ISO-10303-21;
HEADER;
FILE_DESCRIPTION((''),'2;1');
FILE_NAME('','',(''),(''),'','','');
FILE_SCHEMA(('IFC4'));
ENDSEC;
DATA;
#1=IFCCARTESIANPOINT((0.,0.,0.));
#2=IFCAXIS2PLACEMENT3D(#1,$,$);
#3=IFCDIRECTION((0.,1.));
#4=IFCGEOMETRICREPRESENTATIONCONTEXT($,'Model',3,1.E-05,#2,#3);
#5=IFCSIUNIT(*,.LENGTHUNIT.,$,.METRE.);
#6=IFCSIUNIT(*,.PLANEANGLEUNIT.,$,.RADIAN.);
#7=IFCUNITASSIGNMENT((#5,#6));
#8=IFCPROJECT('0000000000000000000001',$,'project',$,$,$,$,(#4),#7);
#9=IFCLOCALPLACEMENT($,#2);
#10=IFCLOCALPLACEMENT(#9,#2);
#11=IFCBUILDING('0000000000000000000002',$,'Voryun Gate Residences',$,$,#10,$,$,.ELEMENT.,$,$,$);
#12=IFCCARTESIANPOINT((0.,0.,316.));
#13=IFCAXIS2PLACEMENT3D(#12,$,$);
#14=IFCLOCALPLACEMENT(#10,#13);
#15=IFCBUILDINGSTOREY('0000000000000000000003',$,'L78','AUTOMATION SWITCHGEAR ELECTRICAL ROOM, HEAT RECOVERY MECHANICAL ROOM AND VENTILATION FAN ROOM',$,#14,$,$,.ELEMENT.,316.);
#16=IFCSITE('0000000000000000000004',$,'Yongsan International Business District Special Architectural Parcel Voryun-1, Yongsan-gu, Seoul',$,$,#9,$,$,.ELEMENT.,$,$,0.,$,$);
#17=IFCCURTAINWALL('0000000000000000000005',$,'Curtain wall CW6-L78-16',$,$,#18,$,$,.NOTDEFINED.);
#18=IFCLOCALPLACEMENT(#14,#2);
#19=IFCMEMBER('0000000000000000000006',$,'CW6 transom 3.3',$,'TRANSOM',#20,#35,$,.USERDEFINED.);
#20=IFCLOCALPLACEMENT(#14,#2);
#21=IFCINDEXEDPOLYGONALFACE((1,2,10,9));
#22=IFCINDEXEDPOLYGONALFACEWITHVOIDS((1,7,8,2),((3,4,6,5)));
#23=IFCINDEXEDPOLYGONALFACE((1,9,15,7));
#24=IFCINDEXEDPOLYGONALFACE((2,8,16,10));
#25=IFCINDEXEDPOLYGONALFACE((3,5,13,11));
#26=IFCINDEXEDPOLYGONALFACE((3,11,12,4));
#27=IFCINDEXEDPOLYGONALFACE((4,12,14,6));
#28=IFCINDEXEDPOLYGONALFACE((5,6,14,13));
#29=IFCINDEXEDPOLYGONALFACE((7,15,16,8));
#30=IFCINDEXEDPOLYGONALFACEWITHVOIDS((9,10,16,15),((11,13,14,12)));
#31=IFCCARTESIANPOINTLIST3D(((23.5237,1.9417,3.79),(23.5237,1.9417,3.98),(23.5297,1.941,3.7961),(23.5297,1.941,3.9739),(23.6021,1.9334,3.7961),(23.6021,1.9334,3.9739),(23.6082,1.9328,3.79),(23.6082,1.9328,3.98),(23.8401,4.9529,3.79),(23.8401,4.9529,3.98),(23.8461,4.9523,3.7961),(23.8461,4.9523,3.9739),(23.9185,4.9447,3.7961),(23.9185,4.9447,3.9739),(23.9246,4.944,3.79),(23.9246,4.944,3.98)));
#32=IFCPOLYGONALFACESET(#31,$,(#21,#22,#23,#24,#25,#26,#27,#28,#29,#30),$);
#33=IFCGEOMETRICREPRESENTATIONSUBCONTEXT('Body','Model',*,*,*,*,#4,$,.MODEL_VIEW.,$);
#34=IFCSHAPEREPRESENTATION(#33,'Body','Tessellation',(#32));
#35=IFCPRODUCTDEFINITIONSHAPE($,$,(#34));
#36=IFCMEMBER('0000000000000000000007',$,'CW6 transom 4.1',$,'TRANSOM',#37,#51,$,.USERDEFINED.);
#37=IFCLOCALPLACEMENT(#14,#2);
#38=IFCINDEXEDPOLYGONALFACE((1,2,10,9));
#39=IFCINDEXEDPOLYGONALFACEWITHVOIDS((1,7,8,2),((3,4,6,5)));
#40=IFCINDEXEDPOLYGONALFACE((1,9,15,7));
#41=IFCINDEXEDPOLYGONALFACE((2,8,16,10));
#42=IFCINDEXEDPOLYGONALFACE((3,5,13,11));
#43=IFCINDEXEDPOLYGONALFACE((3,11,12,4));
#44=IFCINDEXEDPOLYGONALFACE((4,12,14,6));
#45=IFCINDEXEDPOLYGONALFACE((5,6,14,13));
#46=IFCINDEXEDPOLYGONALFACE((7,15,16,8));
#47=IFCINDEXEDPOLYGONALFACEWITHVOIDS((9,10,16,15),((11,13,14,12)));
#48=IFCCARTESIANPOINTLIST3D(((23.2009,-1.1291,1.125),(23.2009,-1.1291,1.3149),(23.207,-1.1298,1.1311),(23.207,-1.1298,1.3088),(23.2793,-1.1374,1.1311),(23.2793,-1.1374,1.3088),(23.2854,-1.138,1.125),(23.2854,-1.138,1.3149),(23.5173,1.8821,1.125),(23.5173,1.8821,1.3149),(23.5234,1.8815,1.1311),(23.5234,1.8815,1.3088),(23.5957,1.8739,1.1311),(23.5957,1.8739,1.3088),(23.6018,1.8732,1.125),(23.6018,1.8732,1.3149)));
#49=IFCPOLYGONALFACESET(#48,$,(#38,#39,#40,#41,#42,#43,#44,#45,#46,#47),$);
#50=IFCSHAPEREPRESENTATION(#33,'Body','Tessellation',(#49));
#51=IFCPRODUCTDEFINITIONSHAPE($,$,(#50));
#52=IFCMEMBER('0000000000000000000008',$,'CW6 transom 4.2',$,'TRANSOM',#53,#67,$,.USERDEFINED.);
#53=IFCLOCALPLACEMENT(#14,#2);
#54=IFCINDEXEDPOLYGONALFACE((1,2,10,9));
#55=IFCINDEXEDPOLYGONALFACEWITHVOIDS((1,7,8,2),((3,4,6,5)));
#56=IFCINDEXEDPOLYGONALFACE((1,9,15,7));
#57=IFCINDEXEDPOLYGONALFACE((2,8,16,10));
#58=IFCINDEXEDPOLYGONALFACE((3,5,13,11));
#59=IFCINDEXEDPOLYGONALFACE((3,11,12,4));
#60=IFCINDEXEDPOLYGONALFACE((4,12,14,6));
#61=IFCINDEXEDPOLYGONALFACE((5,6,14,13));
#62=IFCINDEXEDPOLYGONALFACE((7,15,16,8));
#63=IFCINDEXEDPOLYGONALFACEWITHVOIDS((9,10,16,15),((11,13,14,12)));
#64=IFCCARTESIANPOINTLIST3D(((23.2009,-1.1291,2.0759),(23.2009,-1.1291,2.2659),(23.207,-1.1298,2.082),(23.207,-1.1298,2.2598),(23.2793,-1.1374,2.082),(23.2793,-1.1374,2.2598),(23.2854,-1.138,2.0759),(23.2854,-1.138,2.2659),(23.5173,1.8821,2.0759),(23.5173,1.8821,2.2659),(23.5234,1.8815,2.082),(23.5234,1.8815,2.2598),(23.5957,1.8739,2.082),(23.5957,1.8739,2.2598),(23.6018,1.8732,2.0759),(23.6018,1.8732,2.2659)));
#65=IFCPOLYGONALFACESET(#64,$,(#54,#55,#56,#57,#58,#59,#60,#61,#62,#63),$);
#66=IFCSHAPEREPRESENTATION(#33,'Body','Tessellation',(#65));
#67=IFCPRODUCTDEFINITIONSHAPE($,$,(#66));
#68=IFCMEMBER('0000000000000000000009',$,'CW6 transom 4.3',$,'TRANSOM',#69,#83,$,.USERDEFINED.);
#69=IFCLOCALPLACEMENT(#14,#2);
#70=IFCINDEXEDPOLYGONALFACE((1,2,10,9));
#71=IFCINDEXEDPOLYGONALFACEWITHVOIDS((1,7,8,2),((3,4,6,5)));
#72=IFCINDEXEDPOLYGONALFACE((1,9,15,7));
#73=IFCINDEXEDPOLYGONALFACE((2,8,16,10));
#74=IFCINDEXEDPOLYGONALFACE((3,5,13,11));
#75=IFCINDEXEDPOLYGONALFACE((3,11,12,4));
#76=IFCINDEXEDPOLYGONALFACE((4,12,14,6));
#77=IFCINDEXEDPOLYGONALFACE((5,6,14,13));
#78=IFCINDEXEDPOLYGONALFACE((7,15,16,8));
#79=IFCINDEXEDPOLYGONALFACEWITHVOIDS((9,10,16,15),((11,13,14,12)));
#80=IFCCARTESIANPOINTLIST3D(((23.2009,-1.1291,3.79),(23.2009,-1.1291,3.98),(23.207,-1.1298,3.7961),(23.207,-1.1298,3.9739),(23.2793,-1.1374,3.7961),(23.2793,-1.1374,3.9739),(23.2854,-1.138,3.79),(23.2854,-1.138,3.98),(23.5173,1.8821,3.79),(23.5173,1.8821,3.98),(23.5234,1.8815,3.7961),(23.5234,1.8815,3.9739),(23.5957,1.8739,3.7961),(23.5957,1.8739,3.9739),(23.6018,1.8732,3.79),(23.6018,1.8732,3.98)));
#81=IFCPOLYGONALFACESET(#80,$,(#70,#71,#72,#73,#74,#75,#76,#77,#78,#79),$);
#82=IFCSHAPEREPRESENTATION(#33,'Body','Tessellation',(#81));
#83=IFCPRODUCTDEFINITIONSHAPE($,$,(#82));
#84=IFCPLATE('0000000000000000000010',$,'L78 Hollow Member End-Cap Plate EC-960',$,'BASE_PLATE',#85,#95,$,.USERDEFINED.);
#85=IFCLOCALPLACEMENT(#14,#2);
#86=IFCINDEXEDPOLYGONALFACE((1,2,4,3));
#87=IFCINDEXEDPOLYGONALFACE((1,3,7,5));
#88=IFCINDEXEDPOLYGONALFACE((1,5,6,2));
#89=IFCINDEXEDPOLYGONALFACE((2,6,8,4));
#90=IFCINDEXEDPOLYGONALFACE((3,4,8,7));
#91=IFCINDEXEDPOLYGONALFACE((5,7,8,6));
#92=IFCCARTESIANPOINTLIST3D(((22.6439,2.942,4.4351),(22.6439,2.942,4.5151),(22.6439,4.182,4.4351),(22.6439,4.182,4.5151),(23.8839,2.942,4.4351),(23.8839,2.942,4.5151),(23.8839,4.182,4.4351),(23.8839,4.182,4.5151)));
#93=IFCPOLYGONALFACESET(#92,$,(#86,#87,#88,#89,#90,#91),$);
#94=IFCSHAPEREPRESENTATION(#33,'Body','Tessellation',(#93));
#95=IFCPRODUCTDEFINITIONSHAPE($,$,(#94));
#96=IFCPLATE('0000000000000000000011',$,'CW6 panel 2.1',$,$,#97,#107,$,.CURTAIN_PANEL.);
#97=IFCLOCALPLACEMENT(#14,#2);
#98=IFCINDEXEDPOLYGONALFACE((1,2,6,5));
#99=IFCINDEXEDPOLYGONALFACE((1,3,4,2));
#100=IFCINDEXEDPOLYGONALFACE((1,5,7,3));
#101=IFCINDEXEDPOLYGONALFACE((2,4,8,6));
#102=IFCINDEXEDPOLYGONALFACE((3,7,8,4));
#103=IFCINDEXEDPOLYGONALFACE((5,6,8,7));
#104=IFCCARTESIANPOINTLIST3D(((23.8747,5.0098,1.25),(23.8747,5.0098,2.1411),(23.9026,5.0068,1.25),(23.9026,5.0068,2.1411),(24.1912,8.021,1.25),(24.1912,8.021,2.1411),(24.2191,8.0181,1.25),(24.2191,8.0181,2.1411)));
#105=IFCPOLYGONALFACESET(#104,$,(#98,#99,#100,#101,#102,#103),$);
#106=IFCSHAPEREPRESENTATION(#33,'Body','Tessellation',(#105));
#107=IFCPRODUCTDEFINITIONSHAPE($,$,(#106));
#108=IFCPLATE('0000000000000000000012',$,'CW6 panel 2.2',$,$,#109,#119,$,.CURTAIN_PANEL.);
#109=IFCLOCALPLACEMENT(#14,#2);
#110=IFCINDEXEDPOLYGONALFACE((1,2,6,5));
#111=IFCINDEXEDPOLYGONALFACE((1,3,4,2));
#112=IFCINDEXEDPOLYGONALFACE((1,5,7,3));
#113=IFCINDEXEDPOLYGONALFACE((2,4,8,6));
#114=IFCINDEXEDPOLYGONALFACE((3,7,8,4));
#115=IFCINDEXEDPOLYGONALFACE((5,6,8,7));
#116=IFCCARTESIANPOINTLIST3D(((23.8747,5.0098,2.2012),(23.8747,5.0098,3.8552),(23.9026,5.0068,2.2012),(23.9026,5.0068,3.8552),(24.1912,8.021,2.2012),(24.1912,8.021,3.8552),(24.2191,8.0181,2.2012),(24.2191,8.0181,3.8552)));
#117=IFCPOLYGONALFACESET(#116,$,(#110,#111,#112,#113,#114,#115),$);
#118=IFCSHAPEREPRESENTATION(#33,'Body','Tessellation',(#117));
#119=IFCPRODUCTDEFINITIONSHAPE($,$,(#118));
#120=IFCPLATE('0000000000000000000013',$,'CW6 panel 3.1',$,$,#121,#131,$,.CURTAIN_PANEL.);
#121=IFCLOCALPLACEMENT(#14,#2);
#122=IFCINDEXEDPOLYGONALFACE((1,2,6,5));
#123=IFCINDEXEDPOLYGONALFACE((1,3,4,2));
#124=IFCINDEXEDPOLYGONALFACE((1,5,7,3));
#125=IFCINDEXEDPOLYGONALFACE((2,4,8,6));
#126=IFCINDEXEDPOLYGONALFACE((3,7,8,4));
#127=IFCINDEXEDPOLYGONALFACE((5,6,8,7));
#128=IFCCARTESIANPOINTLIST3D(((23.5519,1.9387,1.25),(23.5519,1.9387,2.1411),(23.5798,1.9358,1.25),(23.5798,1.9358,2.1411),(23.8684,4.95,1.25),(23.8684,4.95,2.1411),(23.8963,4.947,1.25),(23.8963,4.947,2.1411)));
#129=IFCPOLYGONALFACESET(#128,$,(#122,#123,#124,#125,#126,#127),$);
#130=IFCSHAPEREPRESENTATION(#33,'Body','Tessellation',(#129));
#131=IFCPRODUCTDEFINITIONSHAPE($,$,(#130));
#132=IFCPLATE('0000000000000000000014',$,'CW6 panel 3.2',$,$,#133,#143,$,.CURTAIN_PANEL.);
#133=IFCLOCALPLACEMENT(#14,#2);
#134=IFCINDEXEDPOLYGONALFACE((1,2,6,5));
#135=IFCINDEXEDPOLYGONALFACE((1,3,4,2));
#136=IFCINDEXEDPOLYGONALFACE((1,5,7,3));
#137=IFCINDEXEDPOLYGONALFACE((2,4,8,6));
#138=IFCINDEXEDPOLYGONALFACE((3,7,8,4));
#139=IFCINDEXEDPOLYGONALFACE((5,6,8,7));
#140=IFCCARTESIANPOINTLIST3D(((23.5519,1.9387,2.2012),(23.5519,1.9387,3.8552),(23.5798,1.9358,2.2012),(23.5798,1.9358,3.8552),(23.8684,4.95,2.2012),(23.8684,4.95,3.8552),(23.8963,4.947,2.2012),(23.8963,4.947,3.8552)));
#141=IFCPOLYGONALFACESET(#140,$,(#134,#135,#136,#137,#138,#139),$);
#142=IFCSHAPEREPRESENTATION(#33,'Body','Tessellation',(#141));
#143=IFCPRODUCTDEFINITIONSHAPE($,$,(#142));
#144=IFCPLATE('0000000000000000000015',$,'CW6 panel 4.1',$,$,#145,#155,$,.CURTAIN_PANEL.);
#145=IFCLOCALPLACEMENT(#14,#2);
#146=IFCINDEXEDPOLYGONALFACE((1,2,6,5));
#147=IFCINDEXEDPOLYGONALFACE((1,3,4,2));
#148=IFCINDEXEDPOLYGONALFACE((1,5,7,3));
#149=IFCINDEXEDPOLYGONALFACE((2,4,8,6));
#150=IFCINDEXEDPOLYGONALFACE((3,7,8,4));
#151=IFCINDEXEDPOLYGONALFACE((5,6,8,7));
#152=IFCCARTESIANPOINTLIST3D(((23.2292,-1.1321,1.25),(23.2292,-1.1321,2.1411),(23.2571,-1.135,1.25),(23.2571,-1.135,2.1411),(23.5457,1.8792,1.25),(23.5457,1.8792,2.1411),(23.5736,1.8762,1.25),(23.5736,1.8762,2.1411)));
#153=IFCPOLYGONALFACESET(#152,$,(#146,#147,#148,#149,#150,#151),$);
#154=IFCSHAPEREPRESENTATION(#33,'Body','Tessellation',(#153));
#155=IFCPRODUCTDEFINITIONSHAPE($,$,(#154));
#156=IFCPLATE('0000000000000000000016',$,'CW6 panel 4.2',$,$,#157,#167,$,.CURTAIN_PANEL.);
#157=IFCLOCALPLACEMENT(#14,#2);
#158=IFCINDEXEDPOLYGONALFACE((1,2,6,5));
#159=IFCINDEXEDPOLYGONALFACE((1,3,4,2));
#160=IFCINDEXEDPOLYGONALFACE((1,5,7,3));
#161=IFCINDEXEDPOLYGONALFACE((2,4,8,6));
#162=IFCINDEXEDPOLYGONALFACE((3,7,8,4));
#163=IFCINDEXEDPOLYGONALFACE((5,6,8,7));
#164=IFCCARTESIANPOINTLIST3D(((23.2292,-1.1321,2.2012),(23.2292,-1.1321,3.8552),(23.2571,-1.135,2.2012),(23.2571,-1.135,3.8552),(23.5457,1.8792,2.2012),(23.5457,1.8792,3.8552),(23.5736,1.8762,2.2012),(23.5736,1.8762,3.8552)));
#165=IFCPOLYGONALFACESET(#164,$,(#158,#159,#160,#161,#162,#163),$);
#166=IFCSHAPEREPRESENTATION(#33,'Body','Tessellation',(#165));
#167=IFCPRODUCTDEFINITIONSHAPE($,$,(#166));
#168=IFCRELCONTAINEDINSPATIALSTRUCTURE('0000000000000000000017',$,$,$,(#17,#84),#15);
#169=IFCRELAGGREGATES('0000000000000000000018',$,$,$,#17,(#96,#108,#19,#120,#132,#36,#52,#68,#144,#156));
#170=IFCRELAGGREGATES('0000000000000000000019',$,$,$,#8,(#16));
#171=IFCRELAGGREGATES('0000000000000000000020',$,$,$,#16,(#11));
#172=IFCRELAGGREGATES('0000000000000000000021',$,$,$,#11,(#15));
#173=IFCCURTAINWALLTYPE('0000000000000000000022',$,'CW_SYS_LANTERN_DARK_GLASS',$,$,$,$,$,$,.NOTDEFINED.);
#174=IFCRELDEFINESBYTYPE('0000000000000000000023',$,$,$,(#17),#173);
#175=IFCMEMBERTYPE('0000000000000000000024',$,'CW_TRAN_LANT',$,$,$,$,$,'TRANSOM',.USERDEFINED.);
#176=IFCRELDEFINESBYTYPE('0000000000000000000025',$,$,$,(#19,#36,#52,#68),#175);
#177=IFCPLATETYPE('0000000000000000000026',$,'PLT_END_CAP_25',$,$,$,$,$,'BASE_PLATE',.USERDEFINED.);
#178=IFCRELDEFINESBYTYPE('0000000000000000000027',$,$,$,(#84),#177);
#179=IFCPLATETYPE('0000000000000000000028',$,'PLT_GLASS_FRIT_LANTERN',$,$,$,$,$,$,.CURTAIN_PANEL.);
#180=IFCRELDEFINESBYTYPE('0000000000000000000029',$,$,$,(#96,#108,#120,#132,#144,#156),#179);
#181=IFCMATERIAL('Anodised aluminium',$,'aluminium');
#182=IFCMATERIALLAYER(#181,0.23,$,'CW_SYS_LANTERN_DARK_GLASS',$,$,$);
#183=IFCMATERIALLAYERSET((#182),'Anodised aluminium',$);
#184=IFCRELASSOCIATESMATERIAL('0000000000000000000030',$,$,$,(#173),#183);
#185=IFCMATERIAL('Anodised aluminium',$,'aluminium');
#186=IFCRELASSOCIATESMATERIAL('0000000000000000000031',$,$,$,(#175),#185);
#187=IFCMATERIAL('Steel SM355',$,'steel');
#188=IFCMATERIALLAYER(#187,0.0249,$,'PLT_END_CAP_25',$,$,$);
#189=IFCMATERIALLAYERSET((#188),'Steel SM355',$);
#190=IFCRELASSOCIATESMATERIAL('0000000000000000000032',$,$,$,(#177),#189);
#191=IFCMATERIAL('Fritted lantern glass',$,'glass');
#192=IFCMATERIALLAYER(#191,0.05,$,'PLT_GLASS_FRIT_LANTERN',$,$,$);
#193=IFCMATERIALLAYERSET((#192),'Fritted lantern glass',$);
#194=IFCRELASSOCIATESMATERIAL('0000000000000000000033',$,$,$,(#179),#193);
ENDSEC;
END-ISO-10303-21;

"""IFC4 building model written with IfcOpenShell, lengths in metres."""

from ifc_helpers import new_model, si_unit, direction, frame, origin, origin_2d, place, context, subcontext, project, spatial, rectangle, hollow_rectangle, extrude, material, layer, layer_set, material_profile, profile_set, type_object, element, aggregate, save


model = new_model("IFC4")

# Units and contexts
model_context = context("Model", 3, precision=1e-05, world=origin(), true_north=direction((0.0, 1.0)))
body_context = subcontext(model_context, "Body", "Model", "MODEL_VIEW")
ifc_project = project(units=[si_unit("LENGTHUNIT", "METRE"), si_unit("PLANEANGLEUNIT", "RADIAN")], contexts=[model_context])

# Site, building, storey
site_placement = place(None, origin())
site = spatial("IfcSite", under=ifc_project, at=site_placement, Name="Yongsan International Business District Special Architectural Parcel Voryun-1, Yongsan-gu, Seoul", CompositionType="ELEMENT", RefElevation=0.0)
building_placement = place(site_placement, origin())
building = spatial("IfcBuilding", under=site, at=building_placement, Name="Voryun Gate Residences", CompositionType="ELEMENT")
storey_placement = place(building_placement, frame((0.0, 0.0, 316.0)))
storey = spatial("IfcBuildingStorey", under=building, at=storey_placement, Name="L78", Description="AUTOMATION SWITCHGEAR ELECTRICAL ROOM, HEAT RECOVERY MECHANICAL ROOM AND VENTILATION FAN ROOM", CompositionType="ELEMENT", Elevation=316.0)

# Curtain wall, members
ifc_material_1 = material(Name="Anodised aluminium", Category="aluminium")
ifc_layer_1 = layer(ifc_material_1, 0.23, Name="CW_SYS_LANTERN_DARK_GLASS")
ifc_layer_set_1 = layer_set([ifc_layer_1], Name="Anodised aluminium")
curtain_wall_type = type_object("IfcCurtainWallType", Name="CW_SYS_LANTERN_DARK_GLASS", PredefinedType="NOTDEFINED", material=ifc_layer_set_1)
curtain_wall_placement = place(storey_placement, origin())
curtain_wall = element("IfcCurtainWall", 1, at=curtain_wall_placement, inside=storey, type_object=curtain_wall_type, Name="Curtain wall CW6-L78-16", PredefinedType="NOTDEFINED")
ifc_material_2 = material(Name="Anodised aluminium", Category="aluminium")
ifc_material_profile_1 = material_profile(ifc_material_2, hollow_rectangle(XDim=0.085, YDim=0.1899, WallThickness=0.0061, at=origin_2d()), Name="ALU-TRAN-190x85x6")
ifc_profile_set_1 = profile_set([ifc_material_profile_1], Name="Anodised aluminium")
member_type_1 = type_object("IfcMemberType", Name="CW_TRAN_LANT", ElementType="TRANSOM", PredefinedType="USERDEFINED", material=ifc_profile_set_1)
member_1_placement = place(storey_placement, frame((23.8823, 4.9485, 3.885), z_axis=(-0.1045, -0.994525, 0.0), x_axis=(0.994525, -0.1045, 0.0)))
member_1 = element("IfcMember", 2, at=member_1_placement, type_object=member_type_1, Name="CW6 transom 3.3", ObjectType="TRANSOM", PredefinedType="USERDEFINED", context=body_context, shape_type="SweptSolid", body=[
    extrude(hollow_rectangle(XDim=0.085, YDim=0.1899, WallThickness=0.0061, at=origin_2d()), origin(), (0.0, 0.0, 1.0), 3.0278),
])
member_2_placement = place(storey_placement, frame((23.5596, 1.8777, 1.22), z_axis=(-0.1045, -0.994525, 0.0), x_axis=(0.994525, -0.1045, 0.0)))
member_2 = element("IfcMember", 3, at=member_2_placement, type_object=member_type_1, Name="CW6 transom 4.1", ObjectType="TRANSOM", PredefinedType="USERDEFINED", context=body_context, shape_type="SweptSolid", body=[
    extrude(hollow_rectangle(XDim=0.085, YDim=0.1899, WallThickness=0.0061, at=origin_2d()), origin(), (0.0, 0.0, 1.0), 3.0278),
])
member_3_placement = place(storey_placement, frame((23.5596, 1.8777, 2.1709), z_axis=(-0.1045, -0.994525, 0.0), x_axis=(0.994525, -0.1045, 0.0)))
member_3 = element("IfcMember", 4, at=member_3_placement, type_object=member_type_1, Name="CW6 transom 4.2", ObjectType="TRANSOM", PredefinedType="USERDEFINED", context=body_context, shape_type="SweptSolid", body=[
    extrude(hollow_rectangle(XDim=0.085, YDim=0.1899, WallThickness=0.0061, at=origin_2d()), origin(), (0.0, 0.0, 1.0), 3.0278),
])
member_4_placement = place(storey_placement, frame((23.5596, 1.8777, 3.885), z_axis=(-0.1045, -0.994525, 0.0), x_axis=(0.994525, -0.1045, 0.0)))
member_4 = element("IfcMember", 5, at=member_4_placement, type_object=member_type_1, Name="CW6 transom 4.3", ObjectType="TRANSOM", PredefinedType="USERDEFINED", context=body_context, shape_type="SweptSolid", body=[
    extrude(hollow_rectangle(XDim=0.085, YDim=0.1899, WallThickness=0.0061, at=origin_2d()), origin(), (0.0, 0.0, 1.0), 3.0278),
])

# Plates
ifc_material_3 = material(Name="Steel SM355", Category="steel")
ifc_layer_2 = layer(ifc_material_3, 0.0249, Name="PLT_END_CAP_25")
ifc_layer_set_2 = layer_set([ifc_layer_2], Name="Steel SM355")
plate_type_1 = type_object("IfcPlateType", Name="PLT_END_CAP_25", ElementType="BASE_PLATE", PredefinedType="USERDEFINED", material=ifc_layer_set_2)
plate_1_placement = place(storey_placement, frame((23.2639, 3.562, 4.4351), z_axis=(0.0, 0.0, 1.0), x_axis=(1.0, 0.0, 0.0)))
element("IfcPlate", 6, at=plate_1_placement, inside=storey, type_object=plate_type_1, Name="L78 Hollow Member End-Cap Plate EC-960", ObjectType="BASE_PLATE", PredefinedType="USERDEFINED", context=body_context, shape_type="SweptSolid", body=[
    extrude(rectangle(XDim=1.24, YDim=1.24, at=origin_2d()), origin(), (0.0, 0.0, 1.0), 0.0801),
])
ifc_material_4 = material(Name="Fritted lantern glass", Category="glass")
ifc_layer_3 = layer(ifc_material_4, 0.05, Name="PLT_GLASS_FRIT_LANTERN")
ifc_layer_set_3 = layer_set([ifc_layer_3], Name="Fritted lantern glass")
plate_type_2 = type_object("IfcPlateType", Name="PLT_GLASS_FRIT_LANTERN", PredefinedType="CURTAIN_PANEL", material=ifc_layer_set_3)
plate_2_placement = place(storey_placement, frame((24.0469, 6.5139, 1.25), z_axis=(0.0, 0.0, 1.0), x_axis=(-0.104528, -0.994522, 0.0)))
plate_2 = element("IfcPlate", 7, at=plate_2_placement, type_object=plate_type_2, Name="CW6 panel 2.1", PredefinedType="CURTAIN_PANEL", context=body_context, shape_type="SweptSolid", body=[
    extrude(rectangle(XDim=3.0278, YDim=0.0281, at=origin_2d()), origin(), (0.0, 0.0, 1.0), 0.8911),
])
plate_3_placement = place(storey_placement, frame((24.0469, 6.5139, 2.2012), z_axis=(0.0, 0.0, 1.0), x_axis=(-0.104528, -0.994522, 0.0)))
plate_3 = element("IfcPlate", 8, at=plate_3_placement, type_object=plate_type_2, Name="CW6 panel 2.2", PredefinedType="CURTAIN_PANEL", context=body_context, shape_type="SweptSolid", body=[
    extrude(rectangle(XDim=3.0278, YDim=0.0281, at=origin_2d()), origin(), (0.0, 0.0, 1.0), 1.6541),
])
plate_4_placement = place(storey_placement, frame((23.7241, 3.4429, 1.25), z_axis=(0.0, 0.0, 1.0), x_axis=(-0.104528, -0.994522, 0.0)))
plate_4 = element("IfcPlate", 9, at=plate_4_placement, type_object=plate_type_2, Name="CW6 panel 3.1", PredefinedType="CURTAIN_PANEL", context=body_context, shape_type="SweptSolid", body=[
    extrude(rectangle(XDim=3.0278, YDim=0.0281, at=origin_2d()), origin(), (0.0, 0.0, 1.0), 0.8911),
])
plate_5_placement = place(storey_placement, frame((23.7241, 3.4429, 2.2012), z_axis=(0.0, 0.0, 1.0), x_axis=(-0.104528, -0.994522, 0.0)))
plate_5 = element("IfcPlate", 10, at=plate_5_placement, type_object=plate_type_2, Name="CW6 panel 3.2", PredefinedType="CURTAIN_PANEL", context=body_context, shape_type="SweptSolid", body=[
    extrude(rectangle(XDim=3.0278, YDim=0.0281, at=origin_2d()), origin(), (0.0, 0.0, 1.0), 1.6541),
])
plate_6_placement = place(storey_placement, frame((23.4014, 0.3721, 1.25), z_axis=(0.0, 0.0, 1.0), x_axis=(-0.104528, -0.994522, 0.0)))
plate_6 = element("IfcPlate", 11, at=plate_6_placement, type_object=plate_type_2, Name="CW6 panel 4.1", PredefinedType="CURTAIN_PANEL", context=body_context, shape_type="SweptSolid", body=[
    extrude(rectangle(XDim=3.0278, YDim=0.0281, at=origin_2d()), origin(), (0.0, 0.0, 1.0), 0.8911),
])
plate_7_placement = place(storey_placement, frame((23.4014, 0.3721, 2.2012), z_axis=(0.0, 0.0, 1.0), x_axis=(-0.104528, -0.994522, 0.0)))
plate_7 = element("IfcPlate", 12, at=plate_7_placement, type_object=plate_type_2, Name="CW6 panel 4.2", PredefinedType="CURTAIN_PANEL", context=body_context, shape_type="SweptSolid", body=[
    extrude(rectangle(XDim=3.0278, YDim=0.0281, at=origin_2d()), origin(), (0.0, 0.0, 1.0), 1.6541),
])
aggregate(curtain_wall, [plate_2, plate_3, member_1, plate_4, plate_5, member_2, member_3, member_4, plate_6, plate_7])

save(model, "model.ifc")
